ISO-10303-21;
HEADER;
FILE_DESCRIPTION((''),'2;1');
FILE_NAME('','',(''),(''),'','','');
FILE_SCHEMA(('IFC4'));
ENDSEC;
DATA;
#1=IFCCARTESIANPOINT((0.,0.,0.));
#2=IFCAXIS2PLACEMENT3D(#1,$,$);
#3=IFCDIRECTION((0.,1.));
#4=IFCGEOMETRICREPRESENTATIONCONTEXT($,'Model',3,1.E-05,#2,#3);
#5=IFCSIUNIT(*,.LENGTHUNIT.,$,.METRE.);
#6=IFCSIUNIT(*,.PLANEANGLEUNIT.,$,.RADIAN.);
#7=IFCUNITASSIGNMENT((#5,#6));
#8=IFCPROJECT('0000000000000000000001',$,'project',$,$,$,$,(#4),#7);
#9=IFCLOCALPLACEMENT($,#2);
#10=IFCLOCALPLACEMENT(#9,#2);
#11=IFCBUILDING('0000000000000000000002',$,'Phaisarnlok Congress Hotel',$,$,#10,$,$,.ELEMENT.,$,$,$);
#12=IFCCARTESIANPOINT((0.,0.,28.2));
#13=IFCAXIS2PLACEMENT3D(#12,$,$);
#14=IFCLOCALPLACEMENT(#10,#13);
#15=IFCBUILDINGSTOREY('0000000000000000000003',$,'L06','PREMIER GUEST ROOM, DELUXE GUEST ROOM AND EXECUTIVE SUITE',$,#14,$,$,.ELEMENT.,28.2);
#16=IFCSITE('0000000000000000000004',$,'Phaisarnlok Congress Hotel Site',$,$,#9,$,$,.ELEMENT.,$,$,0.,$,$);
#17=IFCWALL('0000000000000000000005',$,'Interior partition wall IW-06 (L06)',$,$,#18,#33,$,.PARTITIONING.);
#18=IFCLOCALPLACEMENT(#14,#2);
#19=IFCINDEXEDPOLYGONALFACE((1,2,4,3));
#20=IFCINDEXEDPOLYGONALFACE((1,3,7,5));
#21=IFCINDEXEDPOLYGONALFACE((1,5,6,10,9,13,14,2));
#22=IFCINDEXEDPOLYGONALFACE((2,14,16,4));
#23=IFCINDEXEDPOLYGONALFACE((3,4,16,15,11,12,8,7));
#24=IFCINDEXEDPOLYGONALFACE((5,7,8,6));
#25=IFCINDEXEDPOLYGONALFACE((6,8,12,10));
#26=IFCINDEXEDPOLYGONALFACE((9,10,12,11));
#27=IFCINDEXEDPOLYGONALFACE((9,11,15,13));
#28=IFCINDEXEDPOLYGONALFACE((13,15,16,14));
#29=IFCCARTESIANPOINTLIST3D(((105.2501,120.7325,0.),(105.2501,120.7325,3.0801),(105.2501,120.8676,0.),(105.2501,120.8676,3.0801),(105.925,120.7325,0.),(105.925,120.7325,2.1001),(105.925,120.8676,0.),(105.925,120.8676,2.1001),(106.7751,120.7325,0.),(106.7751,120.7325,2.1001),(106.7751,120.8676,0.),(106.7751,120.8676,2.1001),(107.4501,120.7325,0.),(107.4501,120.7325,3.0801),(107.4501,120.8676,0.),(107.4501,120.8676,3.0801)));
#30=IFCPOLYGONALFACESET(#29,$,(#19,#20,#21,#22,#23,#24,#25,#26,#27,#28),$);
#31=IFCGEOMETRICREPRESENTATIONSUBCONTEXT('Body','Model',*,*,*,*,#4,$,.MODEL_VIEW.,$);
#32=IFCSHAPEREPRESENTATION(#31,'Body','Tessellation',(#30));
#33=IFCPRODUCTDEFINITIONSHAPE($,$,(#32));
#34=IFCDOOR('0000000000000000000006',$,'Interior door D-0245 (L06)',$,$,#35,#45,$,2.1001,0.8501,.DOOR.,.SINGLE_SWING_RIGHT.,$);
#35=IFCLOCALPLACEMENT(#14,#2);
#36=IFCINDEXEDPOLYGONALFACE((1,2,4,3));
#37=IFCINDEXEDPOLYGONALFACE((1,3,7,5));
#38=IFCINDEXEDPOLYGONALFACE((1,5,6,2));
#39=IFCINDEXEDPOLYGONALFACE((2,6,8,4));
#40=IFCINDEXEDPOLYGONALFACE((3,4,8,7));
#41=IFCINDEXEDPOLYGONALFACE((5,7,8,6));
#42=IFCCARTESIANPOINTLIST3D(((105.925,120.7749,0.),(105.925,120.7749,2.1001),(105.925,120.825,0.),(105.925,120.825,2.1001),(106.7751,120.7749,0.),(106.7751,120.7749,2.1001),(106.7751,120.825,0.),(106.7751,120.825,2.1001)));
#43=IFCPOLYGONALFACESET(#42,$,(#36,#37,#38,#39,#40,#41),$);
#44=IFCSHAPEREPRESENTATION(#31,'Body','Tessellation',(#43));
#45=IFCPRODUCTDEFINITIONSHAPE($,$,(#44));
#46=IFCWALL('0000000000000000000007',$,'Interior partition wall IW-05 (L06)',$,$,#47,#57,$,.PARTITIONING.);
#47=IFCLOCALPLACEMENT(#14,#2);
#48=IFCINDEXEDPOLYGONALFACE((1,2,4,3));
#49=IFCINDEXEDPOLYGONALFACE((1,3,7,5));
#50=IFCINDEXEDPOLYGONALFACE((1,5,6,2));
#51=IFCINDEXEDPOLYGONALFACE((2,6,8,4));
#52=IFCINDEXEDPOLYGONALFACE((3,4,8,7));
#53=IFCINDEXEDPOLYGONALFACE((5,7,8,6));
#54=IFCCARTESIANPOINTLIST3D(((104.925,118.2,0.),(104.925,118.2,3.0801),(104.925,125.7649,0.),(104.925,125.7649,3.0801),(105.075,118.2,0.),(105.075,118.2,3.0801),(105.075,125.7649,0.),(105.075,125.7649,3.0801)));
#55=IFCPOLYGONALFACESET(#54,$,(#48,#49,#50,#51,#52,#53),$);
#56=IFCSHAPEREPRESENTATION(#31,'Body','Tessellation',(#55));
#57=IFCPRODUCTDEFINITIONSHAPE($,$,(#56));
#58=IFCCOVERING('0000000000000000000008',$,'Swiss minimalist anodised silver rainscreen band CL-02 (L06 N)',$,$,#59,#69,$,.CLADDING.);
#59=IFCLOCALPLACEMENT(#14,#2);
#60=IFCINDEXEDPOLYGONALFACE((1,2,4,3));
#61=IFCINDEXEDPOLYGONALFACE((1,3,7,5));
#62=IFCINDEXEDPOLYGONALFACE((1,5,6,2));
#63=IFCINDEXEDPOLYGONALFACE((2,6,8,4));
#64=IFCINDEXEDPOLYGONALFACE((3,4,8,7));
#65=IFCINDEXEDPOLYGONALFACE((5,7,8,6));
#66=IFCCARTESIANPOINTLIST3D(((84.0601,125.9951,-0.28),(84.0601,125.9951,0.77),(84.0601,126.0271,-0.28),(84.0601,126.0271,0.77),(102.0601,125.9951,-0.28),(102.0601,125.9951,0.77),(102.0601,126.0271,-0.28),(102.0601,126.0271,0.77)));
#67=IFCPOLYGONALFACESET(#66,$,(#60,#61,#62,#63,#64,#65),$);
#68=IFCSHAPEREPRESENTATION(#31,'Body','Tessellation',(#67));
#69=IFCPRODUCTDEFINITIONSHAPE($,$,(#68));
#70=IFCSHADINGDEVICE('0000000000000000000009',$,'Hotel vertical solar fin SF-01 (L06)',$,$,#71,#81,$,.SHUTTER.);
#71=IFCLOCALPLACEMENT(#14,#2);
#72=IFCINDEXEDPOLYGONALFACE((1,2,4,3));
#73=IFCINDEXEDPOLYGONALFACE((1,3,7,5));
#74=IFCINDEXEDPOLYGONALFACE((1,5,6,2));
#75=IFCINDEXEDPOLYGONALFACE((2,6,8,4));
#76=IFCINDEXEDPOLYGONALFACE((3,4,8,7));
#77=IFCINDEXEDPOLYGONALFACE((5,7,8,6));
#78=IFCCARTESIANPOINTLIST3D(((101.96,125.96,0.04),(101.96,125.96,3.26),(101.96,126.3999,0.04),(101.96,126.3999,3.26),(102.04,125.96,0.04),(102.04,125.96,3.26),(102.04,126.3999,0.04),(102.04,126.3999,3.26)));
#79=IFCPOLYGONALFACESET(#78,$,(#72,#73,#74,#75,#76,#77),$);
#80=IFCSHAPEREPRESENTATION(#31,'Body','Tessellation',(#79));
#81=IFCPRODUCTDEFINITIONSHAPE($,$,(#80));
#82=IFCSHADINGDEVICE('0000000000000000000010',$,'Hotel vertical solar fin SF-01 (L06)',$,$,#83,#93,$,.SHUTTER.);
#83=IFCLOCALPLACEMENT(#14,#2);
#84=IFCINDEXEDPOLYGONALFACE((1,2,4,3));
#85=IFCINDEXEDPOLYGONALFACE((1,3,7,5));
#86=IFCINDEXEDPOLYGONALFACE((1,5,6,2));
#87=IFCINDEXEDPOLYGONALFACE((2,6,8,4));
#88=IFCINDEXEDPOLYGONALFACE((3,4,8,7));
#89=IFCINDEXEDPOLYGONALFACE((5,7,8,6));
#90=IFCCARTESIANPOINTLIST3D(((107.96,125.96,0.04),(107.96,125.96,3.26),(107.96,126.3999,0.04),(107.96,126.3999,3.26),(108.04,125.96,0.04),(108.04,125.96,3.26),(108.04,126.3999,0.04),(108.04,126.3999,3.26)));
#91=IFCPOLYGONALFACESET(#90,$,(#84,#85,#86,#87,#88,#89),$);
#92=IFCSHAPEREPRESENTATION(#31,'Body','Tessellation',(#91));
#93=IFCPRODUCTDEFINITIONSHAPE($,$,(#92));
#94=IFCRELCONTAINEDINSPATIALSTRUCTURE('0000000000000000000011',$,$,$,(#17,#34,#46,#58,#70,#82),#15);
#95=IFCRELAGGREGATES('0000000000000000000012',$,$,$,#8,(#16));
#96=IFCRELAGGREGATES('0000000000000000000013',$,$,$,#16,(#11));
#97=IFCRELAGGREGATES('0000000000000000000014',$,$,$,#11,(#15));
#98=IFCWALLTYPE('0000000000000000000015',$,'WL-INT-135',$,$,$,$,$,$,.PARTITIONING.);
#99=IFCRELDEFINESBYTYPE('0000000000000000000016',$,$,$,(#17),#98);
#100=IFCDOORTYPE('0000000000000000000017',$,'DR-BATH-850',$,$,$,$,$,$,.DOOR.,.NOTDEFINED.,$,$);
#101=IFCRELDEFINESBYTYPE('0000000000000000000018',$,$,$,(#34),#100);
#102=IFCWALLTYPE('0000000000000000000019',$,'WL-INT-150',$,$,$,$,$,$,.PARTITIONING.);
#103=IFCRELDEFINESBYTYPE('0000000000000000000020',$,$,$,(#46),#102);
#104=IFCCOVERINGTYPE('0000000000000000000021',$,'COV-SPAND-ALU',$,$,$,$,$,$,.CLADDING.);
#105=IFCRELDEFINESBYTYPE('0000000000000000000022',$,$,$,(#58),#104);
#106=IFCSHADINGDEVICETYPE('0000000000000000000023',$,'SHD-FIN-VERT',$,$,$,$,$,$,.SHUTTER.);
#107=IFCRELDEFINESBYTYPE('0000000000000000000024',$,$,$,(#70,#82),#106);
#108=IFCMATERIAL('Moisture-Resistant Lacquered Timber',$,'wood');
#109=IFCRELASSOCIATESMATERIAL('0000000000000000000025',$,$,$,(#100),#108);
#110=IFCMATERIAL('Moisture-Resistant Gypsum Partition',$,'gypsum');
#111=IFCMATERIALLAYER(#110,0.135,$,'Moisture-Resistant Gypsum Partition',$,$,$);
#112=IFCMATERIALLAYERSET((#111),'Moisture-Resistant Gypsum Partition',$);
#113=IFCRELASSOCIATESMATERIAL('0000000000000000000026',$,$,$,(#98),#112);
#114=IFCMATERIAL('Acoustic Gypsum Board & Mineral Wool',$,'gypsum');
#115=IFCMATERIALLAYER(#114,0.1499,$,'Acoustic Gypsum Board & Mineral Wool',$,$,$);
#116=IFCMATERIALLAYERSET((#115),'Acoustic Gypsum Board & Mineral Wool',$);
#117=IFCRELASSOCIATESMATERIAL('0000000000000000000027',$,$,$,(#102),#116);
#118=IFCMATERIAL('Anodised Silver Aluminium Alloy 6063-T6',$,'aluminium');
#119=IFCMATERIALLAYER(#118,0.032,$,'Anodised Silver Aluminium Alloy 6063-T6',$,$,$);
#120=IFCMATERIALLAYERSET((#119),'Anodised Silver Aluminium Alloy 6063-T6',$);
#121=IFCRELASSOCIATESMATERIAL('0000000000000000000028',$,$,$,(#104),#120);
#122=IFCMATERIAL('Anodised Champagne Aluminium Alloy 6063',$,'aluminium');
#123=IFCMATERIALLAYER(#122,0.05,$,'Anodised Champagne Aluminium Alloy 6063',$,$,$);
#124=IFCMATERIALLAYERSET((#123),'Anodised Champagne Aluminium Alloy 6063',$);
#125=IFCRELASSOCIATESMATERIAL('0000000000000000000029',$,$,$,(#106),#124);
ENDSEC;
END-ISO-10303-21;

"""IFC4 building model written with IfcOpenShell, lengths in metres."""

from ifc_helpers import new_model, si_unit, direction, frame, frame_2d, origin, origin_2d, place, context, subcontext, project, spatial, polyline, rectangle, outline, extrude, material, layer, layer_set, type_object, element, fill, save


model = new_model("IFC4")

# Units and contexts
model_context = context("Model", 3, precision=1e-05, world=origin(), true_north=direction((0.0, 1.0)))
body_context = subcontext(model_context, "Body", "Model", "MODEL_VIEW")
ifc_project = project(units=[si_unit("LENGTHUNIT", "METRE"), si_unit("PLANEANGLEUNIT", "RADIAN")], contexts=[model_context])

# Site, building, storey
site_placement = place(None, origin())
site = spatial("IfcSite", under=ifc_project, at=site_placement, Name="Phaisarnlok Congress Hotel Site", CompositionType="ELEMENT", RefElevation=0.0)
building_placement = place(site_placement, origin())
building = spatial("IfcBuilding", under=site, at=building_placement, Name="Phaisarnlok Congress Hotel", CompositionType="ELEMENT")
storey_placement = place(building_placement, frame((0.0, 0.0, 28.2)))
storey = spatial("IfcBuildingStorey", under=building, at=storey_placement, Name="L06", Description="PREMIER GUEST ROOM, DELUXE GUEST ROOM AND EXECUTIVE SUITE", CompositionType="ELEMENT", Elevation=28.2)

# Shared definitions
ifc_material_1 = material(Name="Moisture-Resistant Lacquered Timber", Category="wood")
door_type = type_object("IfcDoorType", Name="DR-BATH-850", OperationType="NOTDEFINED", PredefinedType="DOOR", material=ifc_material_1)

# Shared definitions
ifc_material_2 = material(Name="Moisture-Resistant Gypsum Partition", Category="gypsum")
ifc_layer_1 = layer(ifc_material_2, 0.135, Name="Moisture-Resistant Gypsum Partition")
ifc_layer_set_1 = layer_set([ifc_layer_1], Name="Moisture-Resistant Gypsum Partition")
wall_type_1 = type_object("IfcWallType", Name="WL-INT-135", PredefinedType="PARTITIONING", material=ifc_layer_set_1)

# Wall, opening, door
wall_1_placement = place(storey_placement, frame((105.25, 120.8, 0.0), z_axis=(0.0, 0.0, 1.0), x_axis=(1.0, 0.0, 0.0)))
wall_1 = element("IfcWall", 1, at=wall_1_placement, inside=storey, type_object=wall_type_1, Name="Interior partition wall IW-06 (L06)", PredefinedType="PARTITIONING", context=body_context, shape_type="SweptSolid", body=[
    extrude(rectangle(XDim=2.2, YDim=0.135, at=frame_2d((1.1001, 0.0))), origin(), (0.0, 0.0, 1.0), 3.0801),
])
opening_1_placement = place(wall_1_placement, frame((0.675, 0.0, 0.0)))
opening_1 = element("IfcOpeningElement", 2, at=opening_1_placement, cuts=wall_1, PredefinedType="OPENING", context=body_context, shape_type="SweptSolid", body=[
    extrude(rectangle(XDim=0.8501, YDim=2.1001, at=frame_2d((0.425, 1.05))), frame((0.0, 0.0776, 0.0), z_axis=(0.0, -1.0, 0.0), x_axis=(1.0, 0.0, 0.0)), (0.0, 0.0, 1.0), 0.155),
])
door_1_placement = place(opening_1_placement, origin())
door_1 = element("IfcDoor", 3, at=door_1_placement, inside=storey, type_object=door_type, Name="Interior door D-0245 (L06)", OperationType="SINGLE_SWING_RIGHT", OverallHeight=2.1001, OverallWidth=0.8501, PredefinedType="DOOR", context=body_context, shape_type="SweptSolid", body=[
    extrude(rectangle(XDim=0.8501, YDim=2.1001, at=frame_2d((0.425, 1.05))), frame((0.0, 0.0249, 0.0), z_axis=(0.0, -1.0, 0.0), x_axis=(1.0, 0.0, 0.0)), (0.0, 0.0, 1.0), 0.05),
])
fill(opening_1, door_1)

# Wall
ifc_material_3 = material(Name="Acoustic Gypsum Board & Mineral Wool", Category="gypsum")
ifc_layer_2 = layer(ifc_material_3, 0.1499, Name="Acoustic Gypsum Board & Mineral Wool")
ifc_layer_set_2 = layer_set([ifc_layer_2], Name="Acoustic Gypsum Board & Mineral Wool")
wall_type_2 = type_object("IfcWallType", Name="WL-INT-150", PredefinedType="PARTITIONING", material=ifc_layer_set_2)
wall_2_placement = place(storey_placement, frame((105.0, 118.2, 0.0), z_axis=(0.0, 0.0, 1.0), x_axis=(0.0, 1.0, 0.0)))
element("IfcWall", 4, at=wall_2_placement, inside=storey, type_object=wall_type_2, Name="Interior partition wall IW-05 (L06)", PredefinedType="PARTITIONING", context=body_context, shape_type="SweptSolid", body=[
    extrude(rectangle(XDim=7.5649, YDim=0.1499, at=frame_2d((3.7825, 0.0))), origin(), (0.0, 0.0, 1.0), 3.0801),
])

# Covering
ifc_material_4 = material(Name="Anodised Silver Aluminium Alloy 6063-T6", Category="aluminium")
ifc_layer_3 = layer(ifc_material_4, 0.032, Name="Anodised Silver Aluminium Alloy 6063-T6")
ifc_layer_set_3 = layer_set([ifc_layer_3], Name="Anodised Silver Aluminium Alloy 6063-T6")
covering_type = type_object("IfcCoveringType", Name="COV-SPAND-ALU", PredefinedType="CLADDING", material=ifc_layer_set_3)
covering_placement = place(storey_placement, frame((102.0601, 125.9951, -0.28), z_axis=(0.0, 1.0, 0.0), x_axis=(-1.0, 0.0, 0.0)))
element("IfcCovering", 5, at=covering_placement, inside=storey, type_object=covering_type, Name="Swiss minimalist anodised silver rainscreen band CL-02 (L06 N)", PredefinedType="CLADDING", context=body_context, shape_type="SweptSolid", body=[
    extrude(outline(polyline([(0.0, 0.0), (18.0, 0.0), (18.0, 1.05), (0.0, 1.05), (0.0, 0.0)])), origin(), (0.0, 0.0, 1.0), 0.032),
])

# Shading devices
ifc_material_5 = material(Name="Anodised Champagne Aluminium Alloy 6063", Category="aluminium")
ifc_layer_4 = layer(ifc_material_5, 0.05, Name="Anodised Champagne Aluminium Alloy 6063")
ifc_layer_set_4 = layer_set([ifc_layer_4], Name="Anodised Champagne Aluminium Alloy 6063")
shading_device_type = type_object("IfcShadingDeviceType", Name="SHD-FIN-VERT", PredefinedType="SHUTTER", material=ifc_layer_set_4)
for number, where, z_axis, x_axis, name in (
    (6, (102.0, 126.1799, 0.04), (0.0, 0.0, 1.0), (1.0, 0.0, 0.0), "Hotel vertical solar fin SF-01 (L06)"),
    (7, (108.0, 126.1799, 0.04), (0.0, 0.0, 1.0), (1.0, 0.0, 0.0), "Hotel vertical solar fin SF-01 (L06)"),
):
    element("IfcShadingDevice", number, at=place(storey_placement, frame(where, z_axis=z_axis, x_axis=x_axis)), inside=storey, type_object=shading_device_type, Name=name, PredefinedType="SHUTTER", context=body_context, shape_type="SweptSolid", body=[
        extrude(rectangle(XDim=0.0801, YDim=0.4399, at=origin_2d()), origin(), (0.0, 0.0, 1.0), 3.22),
    ])

save(model, "model.ifc")
